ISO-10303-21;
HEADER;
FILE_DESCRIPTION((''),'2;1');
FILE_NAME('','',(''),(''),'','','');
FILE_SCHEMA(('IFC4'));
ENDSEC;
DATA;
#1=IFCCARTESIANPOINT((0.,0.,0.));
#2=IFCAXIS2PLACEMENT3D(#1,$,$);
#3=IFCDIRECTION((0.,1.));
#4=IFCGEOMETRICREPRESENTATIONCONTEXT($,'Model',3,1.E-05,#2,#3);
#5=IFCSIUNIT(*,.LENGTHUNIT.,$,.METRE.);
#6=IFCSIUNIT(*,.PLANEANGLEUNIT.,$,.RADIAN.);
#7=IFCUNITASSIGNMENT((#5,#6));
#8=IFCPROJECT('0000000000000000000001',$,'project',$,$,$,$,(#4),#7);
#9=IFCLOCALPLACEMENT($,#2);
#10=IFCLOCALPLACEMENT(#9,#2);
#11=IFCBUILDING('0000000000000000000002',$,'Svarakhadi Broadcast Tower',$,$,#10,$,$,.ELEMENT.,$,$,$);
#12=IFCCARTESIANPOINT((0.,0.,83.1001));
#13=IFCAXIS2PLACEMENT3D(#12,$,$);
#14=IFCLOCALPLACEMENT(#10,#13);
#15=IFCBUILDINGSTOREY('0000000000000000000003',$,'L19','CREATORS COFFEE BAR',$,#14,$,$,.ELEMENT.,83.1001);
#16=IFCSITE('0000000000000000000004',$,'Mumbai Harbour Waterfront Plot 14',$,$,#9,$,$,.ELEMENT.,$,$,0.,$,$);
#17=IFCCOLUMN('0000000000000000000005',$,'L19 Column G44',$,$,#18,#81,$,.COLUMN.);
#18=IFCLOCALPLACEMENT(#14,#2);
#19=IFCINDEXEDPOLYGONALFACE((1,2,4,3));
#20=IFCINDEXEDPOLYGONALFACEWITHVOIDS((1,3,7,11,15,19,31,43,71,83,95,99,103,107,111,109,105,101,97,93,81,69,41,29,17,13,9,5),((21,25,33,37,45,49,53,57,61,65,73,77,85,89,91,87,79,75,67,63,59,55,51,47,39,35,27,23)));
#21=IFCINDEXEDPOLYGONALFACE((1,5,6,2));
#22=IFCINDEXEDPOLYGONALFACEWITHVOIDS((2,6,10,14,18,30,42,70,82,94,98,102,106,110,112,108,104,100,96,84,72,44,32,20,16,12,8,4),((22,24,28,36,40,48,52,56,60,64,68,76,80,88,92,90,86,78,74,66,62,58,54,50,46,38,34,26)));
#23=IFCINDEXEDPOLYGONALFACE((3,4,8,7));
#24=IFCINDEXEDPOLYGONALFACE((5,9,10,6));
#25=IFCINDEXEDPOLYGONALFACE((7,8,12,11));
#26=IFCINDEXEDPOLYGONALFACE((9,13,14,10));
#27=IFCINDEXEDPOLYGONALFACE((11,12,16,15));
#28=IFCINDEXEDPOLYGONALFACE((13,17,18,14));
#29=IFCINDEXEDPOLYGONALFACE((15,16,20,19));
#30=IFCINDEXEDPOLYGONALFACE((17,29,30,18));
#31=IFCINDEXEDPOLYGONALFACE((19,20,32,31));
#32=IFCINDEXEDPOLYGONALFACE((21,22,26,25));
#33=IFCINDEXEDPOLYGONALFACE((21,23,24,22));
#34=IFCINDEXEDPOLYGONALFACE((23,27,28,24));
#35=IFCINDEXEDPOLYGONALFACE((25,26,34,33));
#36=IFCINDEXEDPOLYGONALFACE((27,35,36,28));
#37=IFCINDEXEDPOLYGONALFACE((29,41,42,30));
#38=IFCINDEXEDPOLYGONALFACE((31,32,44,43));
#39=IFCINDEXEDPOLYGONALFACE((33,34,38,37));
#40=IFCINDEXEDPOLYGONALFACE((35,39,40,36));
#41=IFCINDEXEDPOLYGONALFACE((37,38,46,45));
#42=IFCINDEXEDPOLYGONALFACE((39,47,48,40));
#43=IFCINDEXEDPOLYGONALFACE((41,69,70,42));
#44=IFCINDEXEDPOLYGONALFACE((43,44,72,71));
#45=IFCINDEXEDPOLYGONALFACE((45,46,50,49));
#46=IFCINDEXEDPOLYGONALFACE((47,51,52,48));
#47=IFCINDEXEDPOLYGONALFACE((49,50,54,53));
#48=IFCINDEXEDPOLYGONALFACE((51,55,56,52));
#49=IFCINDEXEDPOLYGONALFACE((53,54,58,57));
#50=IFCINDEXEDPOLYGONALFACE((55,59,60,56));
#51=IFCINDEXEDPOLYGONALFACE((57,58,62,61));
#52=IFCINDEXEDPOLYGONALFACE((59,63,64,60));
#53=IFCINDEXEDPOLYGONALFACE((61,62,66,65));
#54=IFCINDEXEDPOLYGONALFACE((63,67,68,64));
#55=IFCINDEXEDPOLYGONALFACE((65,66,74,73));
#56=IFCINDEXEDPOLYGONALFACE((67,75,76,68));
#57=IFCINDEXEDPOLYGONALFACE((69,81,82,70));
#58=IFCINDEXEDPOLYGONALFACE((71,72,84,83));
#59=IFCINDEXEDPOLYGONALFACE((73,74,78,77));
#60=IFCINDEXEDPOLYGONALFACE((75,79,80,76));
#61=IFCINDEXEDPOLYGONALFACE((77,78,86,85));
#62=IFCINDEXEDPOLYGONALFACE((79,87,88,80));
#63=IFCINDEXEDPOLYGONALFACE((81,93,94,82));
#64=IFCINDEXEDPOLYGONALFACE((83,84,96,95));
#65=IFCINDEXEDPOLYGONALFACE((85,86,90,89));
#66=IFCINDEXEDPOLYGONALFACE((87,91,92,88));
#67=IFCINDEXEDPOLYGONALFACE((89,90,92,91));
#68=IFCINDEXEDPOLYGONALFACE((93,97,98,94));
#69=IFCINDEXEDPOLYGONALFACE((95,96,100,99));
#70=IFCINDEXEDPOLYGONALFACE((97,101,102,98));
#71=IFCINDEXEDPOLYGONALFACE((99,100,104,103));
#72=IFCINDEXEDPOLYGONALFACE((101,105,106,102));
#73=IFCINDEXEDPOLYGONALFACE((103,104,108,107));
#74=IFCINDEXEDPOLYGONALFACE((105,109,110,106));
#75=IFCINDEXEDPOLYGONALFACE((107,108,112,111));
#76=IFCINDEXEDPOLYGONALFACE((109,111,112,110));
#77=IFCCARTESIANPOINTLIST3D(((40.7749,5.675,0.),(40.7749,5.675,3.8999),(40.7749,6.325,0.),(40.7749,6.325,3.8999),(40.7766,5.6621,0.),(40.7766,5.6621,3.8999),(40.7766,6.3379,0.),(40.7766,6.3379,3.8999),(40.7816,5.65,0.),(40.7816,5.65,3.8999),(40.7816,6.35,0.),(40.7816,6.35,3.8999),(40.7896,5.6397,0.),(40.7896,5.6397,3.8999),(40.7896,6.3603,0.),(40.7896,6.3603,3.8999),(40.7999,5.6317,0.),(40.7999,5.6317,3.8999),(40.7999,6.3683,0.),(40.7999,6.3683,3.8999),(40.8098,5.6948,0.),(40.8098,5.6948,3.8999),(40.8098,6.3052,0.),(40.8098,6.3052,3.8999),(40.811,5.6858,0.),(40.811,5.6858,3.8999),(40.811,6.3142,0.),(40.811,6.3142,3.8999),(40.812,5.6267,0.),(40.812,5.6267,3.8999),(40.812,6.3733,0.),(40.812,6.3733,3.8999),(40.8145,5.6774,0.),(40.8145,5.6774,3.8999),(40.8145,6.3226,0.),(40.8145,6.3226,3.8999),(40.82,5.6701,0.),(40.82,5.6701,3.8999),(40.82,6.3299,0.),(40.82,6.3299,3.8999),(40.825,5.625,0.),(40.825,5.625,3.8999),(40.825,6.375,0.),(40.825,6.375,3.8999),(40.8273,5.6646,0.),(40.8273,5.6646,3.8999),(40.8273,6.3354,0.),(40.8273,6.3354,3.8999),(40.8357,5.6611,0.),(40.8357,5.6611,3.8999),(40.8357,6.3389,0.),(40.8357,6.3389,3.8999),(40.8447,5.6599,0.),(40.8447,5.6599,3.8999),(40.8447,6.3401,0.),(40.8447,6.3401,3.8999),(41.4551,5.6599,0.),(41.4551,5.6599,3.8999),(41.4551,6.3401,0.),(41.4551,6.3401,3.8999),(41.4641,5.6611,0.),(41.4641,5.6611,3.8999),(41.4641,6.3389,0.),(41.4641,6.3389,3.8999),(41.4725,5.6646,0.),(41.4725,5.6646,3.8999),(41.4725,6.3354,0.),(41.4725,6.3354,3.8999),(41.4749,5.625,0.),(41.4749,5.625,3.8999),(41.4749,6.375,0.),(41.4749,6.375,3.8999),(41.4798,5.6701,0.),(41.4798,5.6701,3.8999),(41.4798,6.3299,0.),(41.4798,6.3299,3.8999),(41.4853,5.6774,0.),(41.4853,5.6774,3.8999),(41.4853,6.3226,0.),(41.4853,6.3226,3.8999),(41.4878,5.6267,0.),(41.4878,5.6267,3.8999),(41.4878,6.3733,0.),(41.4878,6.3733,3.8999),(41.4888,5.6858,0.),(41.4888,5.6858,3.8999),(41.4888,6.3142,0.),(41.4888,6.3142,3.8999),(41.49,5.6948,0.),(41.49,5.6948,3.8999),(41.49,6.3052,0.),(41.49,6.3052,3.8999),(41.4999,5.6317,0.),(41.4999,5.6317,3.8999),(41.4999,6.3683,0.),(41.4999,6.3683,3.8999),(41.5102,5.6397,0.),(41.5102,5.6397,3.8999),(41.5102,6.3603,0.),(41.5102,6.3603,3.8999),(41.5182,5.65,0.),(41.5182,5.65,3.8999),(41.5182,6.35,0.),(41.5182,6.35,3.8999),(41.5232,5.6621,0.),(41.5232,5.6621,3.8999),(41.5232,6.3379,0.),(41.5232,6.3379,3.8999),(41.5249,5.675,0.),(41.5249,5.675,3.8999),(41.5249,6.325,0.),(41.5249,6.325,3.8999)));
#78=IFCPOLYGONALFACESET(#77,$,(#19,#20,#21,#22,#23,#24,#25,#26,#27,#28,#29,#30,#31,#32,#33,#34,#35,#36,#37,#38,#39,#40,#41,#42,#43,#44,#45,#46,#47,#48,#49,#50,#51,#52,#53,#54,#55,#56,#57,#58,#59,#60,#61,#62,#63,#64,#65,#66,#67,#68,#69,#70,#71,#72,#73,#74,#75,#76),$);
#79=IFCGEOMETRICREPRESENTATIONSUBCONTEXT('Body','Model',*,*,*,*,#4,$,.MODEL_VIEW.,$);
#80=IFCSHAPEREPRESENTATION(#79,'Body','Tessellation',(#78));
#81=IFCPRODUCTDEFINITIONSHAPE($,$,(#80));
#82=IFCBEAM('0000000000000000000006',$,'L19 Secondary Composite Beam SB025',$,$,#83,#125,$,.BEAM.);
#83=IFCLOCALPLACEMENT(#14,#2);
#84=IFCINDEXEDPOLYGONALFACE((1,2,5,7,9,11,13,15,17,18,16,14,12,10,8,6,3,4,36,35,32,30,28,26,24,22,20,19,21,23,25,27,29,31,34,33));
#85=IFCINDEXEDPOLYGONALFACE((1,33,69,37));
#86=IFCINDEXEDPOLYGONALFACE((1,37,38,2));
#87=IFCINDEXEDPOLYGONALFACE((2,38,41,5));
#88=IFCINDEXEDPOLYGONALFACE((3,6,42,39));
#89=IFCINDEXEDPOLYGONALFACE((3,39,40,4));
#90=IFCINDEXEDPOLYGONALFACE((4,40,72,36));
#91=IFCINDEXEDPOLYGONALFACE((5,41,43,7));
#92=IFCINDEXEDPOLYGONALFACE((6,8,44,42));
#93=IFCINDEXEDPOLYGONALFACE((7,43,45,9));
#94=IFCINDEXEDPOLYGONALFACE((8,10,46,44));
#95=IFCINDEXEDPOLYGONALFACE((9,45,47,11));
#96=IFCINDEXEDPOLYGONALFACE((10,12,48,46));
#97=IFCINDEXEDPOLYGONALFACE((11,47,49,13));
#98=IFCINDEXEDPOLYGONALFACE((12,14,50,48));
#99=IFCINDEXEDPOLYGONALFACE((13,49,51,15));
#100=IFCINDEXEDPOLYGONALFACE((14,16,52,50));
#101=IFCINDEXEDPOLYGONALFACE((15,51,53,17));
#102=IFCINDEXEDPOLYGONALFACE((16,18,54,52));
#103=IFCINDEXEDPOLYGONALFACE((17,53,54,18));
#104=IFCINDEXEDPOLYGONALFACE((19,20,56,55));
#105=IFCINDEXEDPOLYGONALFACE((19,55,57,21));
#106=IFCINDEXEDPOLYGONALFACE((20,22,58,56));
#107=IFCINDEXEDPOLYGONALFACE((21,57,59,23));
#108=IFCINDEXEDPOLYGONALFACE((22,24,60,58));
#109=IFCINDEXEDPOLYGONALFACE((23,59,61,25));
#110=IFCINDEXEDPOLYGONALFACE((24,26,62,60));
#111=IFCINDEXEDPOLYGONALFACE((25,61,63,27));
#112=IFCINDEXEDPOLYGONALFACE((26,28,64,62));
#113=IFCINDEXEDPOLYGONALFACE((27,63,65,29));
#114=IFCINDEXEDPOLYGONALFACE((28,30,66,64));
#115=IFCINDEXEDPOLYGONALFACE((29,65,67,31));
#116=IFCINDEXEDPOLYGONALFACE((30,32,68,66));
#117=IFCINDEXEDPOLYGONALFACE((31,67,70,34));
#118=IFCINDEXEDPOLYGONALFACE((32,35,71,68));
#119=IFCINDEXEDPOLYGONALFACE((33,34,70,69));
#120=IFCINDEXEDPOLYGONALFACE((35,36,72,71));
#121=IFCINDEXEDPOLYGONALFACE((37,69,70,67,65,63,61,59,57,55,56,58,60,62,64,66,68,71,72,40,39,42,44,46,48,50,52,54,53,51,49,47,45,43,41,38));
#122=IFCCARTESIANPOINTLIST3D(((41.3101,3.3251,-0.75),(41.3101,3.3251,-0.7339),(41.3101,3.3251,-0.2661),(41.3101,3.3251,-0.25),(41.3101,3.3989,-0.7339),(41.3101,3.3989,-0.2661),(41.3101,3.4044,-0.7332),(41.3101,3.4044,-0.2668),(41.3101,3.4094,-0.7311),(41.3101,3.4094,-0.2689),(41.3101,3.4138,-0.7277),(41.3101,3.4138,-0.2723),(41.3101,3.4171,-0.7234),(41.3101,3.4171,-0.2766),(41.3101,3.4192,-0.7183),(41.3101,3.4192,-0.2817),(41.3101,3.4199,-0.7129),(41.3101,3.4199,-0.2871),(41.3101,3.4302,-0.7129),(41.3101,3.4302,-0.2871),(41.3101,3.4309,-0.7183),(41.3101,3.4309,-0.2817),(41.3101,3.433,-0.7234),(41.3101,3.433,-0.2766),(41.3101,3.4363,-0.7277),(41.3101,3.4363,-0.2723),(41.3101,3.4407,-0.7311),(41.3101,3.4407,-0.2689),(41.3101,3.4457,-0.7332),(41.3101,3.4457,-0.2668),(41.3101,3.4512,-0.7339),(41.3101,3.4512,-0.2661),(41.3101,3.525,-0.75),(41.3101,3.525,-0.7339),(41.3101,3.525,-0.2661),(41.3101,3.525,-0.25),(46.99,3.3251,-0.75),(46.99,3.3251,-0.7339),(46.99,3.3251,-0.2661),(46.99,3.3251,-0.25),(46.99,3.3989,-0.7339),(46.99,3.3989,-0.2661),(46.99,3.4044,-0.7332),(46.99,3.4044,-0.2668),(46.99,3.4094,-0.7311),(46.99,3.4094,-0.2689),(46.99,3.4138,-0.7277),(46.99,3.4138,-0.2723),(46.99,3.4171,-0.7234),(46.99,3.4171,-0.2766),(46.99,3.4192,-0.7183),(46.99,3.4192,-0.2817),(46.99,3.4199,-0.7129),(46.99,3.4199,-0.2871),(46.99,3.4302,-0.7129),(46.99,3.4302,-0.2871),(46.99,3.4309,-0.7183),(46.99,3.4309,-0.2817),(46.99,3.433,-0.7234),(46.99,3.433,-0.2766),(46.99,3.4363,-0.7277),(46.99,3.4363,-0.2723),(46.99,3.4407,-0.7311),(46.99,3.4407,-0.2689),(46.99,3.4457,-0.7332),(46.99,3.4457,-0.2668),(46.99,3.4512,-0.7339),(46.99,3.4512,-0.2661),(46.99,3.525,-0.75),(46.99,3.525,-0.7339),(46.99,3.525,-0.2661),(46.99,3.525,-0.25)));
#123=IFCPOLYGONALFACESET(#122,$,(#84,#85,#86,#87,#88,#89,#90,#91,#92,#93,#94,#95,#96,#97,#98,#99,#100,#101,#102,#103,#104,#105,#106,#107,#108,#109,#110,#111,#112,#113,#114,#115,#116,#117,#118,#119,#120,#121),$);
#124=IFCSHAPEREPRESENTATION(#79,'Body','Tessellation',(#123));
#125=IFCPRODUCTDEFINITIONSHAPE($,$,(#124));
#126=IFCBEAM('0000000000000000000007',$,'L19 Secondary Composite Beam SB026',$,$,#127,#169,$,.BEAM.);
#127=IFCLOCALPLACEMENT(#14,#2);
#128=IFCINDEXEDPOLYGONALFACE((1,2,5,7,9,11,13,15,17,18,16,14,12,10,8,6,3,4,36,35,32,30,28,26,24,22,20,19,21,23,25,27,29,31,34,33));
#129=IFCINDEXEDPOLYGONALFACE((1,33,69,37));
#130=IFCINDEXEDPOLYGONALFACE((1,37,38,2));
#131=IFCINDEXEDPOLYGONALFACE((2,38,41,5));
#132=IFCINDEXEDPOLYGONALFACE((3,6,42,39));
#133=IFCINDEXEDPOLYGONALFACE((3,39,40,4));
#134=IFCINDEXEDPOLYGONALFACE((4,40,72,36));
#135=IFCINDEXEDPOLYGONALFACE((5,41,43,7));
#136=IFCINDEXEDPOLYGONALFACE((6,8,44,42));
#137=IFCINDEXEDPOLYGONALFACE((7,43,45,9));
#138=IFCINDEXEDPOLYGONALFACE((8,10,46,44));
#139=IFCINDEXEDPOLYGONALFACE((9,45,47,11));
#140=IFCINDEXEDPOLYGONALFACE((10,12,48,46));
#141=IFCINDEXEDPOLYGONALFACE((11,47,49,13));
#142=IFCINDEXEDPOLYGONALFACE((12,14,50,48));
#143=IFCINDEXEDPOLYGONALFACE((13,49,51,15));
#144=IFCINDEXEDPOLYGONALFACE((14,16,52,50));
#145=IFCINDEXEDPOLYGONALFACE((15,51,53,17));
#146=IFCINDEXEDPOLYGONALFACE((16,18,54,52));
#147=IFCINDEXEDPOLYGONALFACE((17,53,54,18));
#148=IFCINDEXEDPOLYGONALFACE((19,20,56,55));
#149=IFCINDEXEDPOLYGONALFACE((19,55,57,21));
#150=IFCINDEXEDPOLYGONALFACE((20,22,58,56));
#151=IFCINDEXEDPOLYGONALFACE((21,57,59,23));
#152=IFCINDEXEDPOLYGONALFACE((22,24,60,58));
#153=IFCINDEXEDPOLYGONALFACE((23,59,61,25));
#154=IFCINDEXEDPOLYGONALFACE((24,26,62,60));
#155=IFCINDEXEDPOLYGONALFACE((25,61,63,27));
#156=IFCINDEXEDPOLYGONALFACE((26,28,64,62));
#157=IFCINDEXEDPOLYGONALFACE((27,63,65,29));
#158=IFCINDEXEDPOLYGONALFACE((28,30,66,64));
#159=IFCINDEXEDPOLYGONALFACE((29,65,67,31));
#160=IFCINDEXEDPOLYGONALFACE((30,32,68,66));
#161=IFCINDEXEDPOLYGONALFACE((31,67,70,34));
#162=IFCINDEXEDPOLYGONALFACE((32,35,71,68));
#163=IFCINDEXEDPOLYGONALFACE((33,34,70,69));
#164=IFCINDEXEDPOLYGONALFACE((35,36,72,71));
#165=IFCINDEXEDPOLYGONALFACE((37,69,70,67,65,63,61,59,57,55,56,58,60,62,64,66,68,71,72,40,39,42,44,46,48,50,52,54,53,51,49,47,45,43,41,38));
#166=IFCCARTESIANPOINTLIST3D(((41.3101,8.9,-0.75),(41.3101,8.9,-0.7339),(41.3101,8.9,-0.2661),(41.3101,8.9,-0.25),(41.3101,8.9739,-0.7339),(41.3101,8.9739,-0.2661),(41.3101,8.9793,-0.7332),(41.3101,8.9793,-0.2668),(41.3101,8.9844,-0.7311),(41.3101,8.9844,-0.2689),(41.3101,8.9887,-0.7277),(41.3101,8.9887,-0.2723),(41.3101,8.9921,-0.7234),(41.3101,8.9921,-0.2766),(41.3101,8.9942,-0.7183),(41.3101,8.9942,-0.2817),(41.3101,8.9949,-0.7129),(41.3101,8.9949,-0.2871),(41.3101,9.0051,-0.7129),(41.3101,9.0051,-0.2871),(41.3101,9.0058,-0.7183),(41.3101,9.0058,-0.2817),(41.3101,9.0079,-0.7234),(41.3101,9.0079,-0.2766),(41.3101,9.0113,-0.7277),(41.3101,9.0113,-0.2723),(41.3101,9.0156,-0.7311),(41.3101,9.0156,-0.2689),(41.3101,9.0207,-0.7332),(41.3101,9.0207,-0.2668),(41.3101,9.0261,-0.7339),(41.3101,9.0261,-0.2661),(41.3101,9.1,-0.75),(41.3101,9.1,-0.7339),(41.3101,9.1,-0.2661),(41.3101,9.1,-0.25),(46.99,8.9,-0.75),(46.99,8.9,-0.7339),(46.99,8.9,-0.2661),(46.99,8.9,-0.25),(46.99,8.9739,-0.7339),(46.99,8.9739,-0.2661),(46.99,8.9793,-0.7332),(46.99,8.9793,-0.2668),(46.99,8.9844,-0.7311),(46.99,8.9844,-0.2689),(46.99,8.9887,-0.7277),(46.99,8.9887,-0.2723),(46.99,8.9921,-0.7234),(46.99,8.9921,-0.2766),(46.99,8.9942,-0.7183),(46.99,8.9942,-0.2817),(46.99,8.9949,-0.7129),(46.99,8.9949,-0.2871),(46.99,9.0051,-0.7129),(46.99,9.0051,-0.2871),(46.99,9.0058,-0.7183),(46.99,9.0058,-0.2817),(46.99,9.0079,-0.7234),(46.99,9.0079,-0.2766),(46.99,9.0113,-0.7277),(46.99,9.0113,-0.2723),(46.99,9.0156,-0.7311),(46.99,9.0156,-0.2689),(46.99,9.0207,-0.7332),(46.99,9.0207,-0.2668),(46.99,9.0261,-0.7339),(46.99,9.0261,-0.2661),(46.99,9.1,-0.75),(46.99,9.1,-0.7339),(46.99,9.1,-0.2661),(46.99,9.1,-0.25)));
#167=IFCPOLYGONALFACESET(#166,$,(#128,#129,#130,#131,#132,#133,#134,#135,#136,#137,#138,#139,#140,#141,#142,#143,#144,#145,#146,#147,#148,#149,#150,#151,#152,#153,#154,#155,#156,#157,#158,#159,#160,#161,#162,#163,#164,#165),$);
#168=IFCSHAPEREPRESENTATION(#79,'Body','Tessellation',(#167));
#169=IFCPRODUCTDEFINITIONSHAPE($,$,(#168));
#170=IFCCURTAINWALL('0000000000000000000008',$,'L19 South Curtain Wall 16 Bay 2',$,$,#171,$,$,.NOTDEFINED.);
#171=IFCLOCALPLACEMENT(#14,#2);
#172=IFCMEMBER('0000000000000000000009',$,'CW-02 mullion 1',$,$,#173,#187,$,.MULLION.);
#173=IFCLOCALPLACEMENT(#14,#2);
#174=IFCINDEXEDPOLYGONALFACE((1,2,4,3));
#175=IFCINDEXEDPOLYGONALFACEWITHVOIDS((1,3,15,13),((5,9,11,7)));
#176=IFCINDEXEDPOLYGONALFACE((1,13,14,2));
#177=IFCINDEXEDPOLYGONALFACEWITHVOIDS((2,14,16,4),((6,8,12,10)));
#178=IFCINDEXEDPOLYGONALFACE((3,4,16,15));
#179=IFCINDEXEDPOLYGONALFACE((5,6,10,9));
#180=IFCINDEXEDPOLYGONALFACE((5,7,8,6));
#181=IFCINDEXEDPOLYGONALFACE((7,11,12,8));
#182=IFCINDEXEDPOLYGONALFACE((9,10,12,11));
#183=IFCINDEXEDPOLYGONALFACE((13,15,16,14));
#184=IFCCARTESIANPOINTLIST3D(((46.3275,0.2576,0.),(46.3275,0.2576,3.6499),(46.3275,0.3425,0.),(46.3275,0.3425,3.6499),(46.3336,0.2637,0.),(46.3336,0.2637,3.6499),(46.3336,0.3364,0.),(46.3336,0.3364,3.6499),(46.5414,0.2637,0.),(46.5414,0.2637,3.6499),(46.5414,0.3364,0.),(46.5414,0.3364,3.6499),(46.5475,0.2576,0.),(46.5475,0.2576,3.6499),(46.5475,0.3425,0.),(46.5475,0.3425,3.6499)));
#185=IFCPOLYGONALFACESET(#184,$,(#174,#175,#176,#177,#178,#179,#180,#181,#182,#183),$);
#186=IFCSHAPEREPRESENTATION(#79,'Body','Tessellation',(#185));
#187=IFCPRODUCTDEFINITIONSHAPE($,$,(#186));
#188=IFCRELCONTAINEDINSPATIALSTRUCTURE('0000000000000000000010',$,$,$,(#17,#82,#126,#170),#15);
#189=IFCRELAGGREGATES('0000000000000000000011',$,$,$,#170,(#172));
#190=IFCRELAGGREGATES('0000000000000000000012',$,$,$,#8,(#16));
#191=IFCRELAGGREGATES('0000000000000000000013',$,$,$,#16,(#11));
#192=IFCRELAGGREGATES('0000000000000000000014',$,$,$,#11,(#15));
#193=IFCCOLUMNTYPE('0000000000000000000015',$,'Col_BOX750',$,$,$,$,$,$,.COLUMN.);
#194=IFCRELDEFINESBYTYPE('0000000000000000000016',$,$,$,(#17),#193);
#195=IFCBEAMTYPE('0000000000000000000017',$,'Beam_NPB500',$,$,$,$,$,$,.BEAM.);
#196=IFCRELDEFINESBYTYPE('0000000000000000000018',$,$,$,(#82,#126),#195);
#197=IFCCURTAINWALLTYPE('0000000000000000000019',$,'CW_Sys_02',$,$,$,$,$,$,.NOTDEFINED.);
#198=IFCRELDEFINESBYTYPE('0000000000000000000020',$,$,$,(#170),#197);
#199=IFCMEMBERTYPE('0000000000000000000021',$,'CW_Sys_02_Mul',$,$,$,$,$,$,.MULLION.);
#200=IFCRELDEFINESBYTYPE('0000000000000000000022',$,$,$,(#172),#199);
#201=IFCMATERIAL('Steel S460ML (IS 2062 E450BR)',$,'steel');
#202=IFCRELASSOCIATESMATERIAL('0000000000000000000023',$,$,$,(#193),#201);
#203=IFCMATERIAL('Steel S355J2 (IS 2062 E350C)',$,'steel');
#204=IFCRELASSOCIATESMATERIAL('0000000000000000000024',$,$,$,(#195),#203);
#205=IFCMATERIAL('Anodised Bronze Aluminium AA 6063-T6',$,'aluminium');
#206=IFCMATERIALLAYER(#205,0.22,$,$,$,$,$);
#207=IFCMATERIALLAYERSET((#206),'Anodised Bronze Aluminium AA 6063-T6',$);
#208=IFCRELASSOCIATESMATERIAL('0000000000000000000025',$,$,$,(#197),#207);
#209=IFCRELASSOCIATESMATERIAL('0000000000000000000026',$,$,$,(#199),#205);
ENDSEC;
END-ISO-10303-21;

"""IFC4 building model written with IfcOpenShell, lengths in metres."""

from ifc_helpers import new_model, si_unit, direction, frame, origin, origin_2d, place, context, subcontext, project, spatial, hollow_rectangle, i_section, extrude, material, layer, layer_set, material_profile, profile_set, type_object, element, aggregate, save


model = new_model("IFC4")

# Units and contexts
model_context = context("Model", 3, precision=1e-05, world=origin(), true_north=direction((0.0, 1.0)))
body_context = subcontext(model_context, "Body", "Model", "MODEL_VIEW")
ifc_project = project(units=[si_unit("LENGTHUNIT", "METRE"), si_unit("PLANEANGLEUNIT", "RADIAN")], contexts=[model_context])

# Site, building, storey
site_placement = place(None, origin())
site = spatial("IfcSite", under=ifc_project, at=site_placement, Name="Mumbai Harbour Waterfront Plot 14", CompositionType="ELEMENT", RefElevation=0.0)
building_placement = place(site_placement, origin())
building = spatial("IfcBuilding", under=site, at=building_placement, Name="Svarakhadi Broadcast Tower", CompositionType="ELEMENT")
storey_placement = place(building_placement, frame((0.0, 0.0, 83.1001)))
storey = spatial("IfcBuildingStorey", under=building, at=storey_placement, Name="L19", Description="CREATORS COFFEE BAR", CompositionType="ELEMENT", Elevation=83.1001)

# Column
ifc_material_1 = material(Name="Steel S460ML (IS 2062 E450BR)", Category="steel")
ifc_material_profile_1 = material_profile(ifc_material_1, hollow_rectangle(XDim=0.75, YDim=0.75, WallThickness=0.0349, InnerFilletRadius=0.0349, OuterFilletRadius=0.05, at=origin_2d()), Name="BOX 750x750x35")
ifc_profile_set_1 = profile_set([ifc_material_profile_1], Name="Steel S460ML (IS 2062 E450BR)")
column_type = type_object("IfcColumnType", Name="Col_BOX750", PredefinedType="COLUMN", material=ifc_profile_set_1)
column_placement = place(storey_placement, frame((41.1499, 6.0, 0.0), z_axis=(0.0, 0.0, 1.0), x_axis=(1.0, 0.0, 0.0)))
element("IfcColumn", 1, at=column_placement, inside=storey, type_object=column_type, Name="L19 Column G44", PredefinedType="COLUMN", context=body_context, shape_type="SweptSolid", body=[
    extrude(hollow_rectangle(XDim=0.75, YDim=0.75, WallThickness=0.0349, InnerFilletRadius=0.0349, OuterFilletRadius=0.05, at=origin_2d()), origin(), (0.0, 0.0, 1.0), 3.8999),
])

# Beams
ifc_material_2 = material(Name="Steel S355J2 (IS 2062 E350C)", Category="steel")
ifc_material_profile_2 = material_profile(ifc_material_2, i_section(OverallWidth=0.2, OverallDepth=0.5, WebThickness=0.0103, FlangeThickness=0.0161, FilletRadius=0.021, at=origin_2d()), Name="NPB 500x200x91")
ifc_profile_set_2 = profile_set([ifc_material_profile_2], Name="Steel S355J2 (IS 2062 E350C)")
beam_type_1 = type_object("IfcBeamType", Name="Beam_NPB500", PredefinedType="BEAM", material=ifc_profile_set_2)
for number, where, z_axis, x_axis, name in (
    (2, (41.3101, 3.425, -0.5), (1.0, 0.0, 0.0), (0.0, 1.0, 0.0), "L19 Secondary Composite Beam SB025"),
    (3, (41.3101, 9.0, -0.5), (1.0, 0.0, 0.0), (0.0, 1.0, 0.0), "L19 Secondary Composite Beam SB026"),
):
    element("IfcBeam", number, at=place(storey_placement, frame(where, z_axis=z_axis, x_axis=x_axis)), inside=storey, type_object=beam_type_1, Name=name, PredefinedType="BEAM", context=body_context, shape_type="SweptSolid", body=[
        extrude(i_section(OverallWidth=0.2, OverallDepth=0.5, WebThickness=0.0103, FlangeThickness=0.0161, FilletRadius=0.021, at=origin_2d()), origin(), (0.0, 0.0, 1.0), 5.6799),
    ])

# Curtain wall, member
ifc_material_3 = material(Name="Anodised Bronze Aluminium AA 6063-T6", Category="aluminium")
ifc_layer_1 = layer(ifc_material_3, 0.22)
ifc_layer_set_1 = layer_set([ifc_layer_1], Name="Anodised Bronze Aluminium AA 6063-T6")
curtain_wall_type = type_object("IfcCurtainWallType", Name="CW_Sys_02", PredefinedType="NOTDEFINED", material=ifc_layer_set_1)
curtain_wall_placement = place(storey_placement, origin())
curtain_wall = element("IfcCurtainWall", 4, at=curtain_wall_placement, inside=storey, type_object=curtain_wall_type, Name="L19 South Curtain Wall 16 Bay 2", PredefinedType="NOTDEFINED")
ifc_material_profile_3 = material_profile(ifc_material_3, hollow_rectangle(XDim=0.085, YDim=0.22, WallThickness=0.0061, at=origin_2d()), Name="ALU MULLION 220x85x6")
ifc_profile_set_3 = profile_set([ifc_material_profile_3], Name="Anodised Bronze Aluminium AA 6063-T6")
member_type_1 = type_object("IfcMemberType", Name="CW_Sys_02_Mul", PredefinedType="MULLION", material=ifc_profile_set_3)
member_1_placement = place(storey_placement, frame((46.4375, 0.3, 0.0), z_axis=(0.0, 0.0, 1.0), x_axis=(0.0, -1.0, 0.0)))
member_1 = element("IfcMember", 5, at=member_1_placement, type_object=member_type_1, Name="CW-02 mullion 1", PredefinedType="MULLION", context=body_context, shape_type="SweptSolid", body=[
    extrude(hollow_rectangle(XDim=0.085, YDim=0.22, WallThickness=0.0061, at=origin_2d()), origin(), (0.0, 0.0, 1.0), 3.6499),
])

aggregate(curtain_wall, [member_1])

save(model, "model.ifc")
